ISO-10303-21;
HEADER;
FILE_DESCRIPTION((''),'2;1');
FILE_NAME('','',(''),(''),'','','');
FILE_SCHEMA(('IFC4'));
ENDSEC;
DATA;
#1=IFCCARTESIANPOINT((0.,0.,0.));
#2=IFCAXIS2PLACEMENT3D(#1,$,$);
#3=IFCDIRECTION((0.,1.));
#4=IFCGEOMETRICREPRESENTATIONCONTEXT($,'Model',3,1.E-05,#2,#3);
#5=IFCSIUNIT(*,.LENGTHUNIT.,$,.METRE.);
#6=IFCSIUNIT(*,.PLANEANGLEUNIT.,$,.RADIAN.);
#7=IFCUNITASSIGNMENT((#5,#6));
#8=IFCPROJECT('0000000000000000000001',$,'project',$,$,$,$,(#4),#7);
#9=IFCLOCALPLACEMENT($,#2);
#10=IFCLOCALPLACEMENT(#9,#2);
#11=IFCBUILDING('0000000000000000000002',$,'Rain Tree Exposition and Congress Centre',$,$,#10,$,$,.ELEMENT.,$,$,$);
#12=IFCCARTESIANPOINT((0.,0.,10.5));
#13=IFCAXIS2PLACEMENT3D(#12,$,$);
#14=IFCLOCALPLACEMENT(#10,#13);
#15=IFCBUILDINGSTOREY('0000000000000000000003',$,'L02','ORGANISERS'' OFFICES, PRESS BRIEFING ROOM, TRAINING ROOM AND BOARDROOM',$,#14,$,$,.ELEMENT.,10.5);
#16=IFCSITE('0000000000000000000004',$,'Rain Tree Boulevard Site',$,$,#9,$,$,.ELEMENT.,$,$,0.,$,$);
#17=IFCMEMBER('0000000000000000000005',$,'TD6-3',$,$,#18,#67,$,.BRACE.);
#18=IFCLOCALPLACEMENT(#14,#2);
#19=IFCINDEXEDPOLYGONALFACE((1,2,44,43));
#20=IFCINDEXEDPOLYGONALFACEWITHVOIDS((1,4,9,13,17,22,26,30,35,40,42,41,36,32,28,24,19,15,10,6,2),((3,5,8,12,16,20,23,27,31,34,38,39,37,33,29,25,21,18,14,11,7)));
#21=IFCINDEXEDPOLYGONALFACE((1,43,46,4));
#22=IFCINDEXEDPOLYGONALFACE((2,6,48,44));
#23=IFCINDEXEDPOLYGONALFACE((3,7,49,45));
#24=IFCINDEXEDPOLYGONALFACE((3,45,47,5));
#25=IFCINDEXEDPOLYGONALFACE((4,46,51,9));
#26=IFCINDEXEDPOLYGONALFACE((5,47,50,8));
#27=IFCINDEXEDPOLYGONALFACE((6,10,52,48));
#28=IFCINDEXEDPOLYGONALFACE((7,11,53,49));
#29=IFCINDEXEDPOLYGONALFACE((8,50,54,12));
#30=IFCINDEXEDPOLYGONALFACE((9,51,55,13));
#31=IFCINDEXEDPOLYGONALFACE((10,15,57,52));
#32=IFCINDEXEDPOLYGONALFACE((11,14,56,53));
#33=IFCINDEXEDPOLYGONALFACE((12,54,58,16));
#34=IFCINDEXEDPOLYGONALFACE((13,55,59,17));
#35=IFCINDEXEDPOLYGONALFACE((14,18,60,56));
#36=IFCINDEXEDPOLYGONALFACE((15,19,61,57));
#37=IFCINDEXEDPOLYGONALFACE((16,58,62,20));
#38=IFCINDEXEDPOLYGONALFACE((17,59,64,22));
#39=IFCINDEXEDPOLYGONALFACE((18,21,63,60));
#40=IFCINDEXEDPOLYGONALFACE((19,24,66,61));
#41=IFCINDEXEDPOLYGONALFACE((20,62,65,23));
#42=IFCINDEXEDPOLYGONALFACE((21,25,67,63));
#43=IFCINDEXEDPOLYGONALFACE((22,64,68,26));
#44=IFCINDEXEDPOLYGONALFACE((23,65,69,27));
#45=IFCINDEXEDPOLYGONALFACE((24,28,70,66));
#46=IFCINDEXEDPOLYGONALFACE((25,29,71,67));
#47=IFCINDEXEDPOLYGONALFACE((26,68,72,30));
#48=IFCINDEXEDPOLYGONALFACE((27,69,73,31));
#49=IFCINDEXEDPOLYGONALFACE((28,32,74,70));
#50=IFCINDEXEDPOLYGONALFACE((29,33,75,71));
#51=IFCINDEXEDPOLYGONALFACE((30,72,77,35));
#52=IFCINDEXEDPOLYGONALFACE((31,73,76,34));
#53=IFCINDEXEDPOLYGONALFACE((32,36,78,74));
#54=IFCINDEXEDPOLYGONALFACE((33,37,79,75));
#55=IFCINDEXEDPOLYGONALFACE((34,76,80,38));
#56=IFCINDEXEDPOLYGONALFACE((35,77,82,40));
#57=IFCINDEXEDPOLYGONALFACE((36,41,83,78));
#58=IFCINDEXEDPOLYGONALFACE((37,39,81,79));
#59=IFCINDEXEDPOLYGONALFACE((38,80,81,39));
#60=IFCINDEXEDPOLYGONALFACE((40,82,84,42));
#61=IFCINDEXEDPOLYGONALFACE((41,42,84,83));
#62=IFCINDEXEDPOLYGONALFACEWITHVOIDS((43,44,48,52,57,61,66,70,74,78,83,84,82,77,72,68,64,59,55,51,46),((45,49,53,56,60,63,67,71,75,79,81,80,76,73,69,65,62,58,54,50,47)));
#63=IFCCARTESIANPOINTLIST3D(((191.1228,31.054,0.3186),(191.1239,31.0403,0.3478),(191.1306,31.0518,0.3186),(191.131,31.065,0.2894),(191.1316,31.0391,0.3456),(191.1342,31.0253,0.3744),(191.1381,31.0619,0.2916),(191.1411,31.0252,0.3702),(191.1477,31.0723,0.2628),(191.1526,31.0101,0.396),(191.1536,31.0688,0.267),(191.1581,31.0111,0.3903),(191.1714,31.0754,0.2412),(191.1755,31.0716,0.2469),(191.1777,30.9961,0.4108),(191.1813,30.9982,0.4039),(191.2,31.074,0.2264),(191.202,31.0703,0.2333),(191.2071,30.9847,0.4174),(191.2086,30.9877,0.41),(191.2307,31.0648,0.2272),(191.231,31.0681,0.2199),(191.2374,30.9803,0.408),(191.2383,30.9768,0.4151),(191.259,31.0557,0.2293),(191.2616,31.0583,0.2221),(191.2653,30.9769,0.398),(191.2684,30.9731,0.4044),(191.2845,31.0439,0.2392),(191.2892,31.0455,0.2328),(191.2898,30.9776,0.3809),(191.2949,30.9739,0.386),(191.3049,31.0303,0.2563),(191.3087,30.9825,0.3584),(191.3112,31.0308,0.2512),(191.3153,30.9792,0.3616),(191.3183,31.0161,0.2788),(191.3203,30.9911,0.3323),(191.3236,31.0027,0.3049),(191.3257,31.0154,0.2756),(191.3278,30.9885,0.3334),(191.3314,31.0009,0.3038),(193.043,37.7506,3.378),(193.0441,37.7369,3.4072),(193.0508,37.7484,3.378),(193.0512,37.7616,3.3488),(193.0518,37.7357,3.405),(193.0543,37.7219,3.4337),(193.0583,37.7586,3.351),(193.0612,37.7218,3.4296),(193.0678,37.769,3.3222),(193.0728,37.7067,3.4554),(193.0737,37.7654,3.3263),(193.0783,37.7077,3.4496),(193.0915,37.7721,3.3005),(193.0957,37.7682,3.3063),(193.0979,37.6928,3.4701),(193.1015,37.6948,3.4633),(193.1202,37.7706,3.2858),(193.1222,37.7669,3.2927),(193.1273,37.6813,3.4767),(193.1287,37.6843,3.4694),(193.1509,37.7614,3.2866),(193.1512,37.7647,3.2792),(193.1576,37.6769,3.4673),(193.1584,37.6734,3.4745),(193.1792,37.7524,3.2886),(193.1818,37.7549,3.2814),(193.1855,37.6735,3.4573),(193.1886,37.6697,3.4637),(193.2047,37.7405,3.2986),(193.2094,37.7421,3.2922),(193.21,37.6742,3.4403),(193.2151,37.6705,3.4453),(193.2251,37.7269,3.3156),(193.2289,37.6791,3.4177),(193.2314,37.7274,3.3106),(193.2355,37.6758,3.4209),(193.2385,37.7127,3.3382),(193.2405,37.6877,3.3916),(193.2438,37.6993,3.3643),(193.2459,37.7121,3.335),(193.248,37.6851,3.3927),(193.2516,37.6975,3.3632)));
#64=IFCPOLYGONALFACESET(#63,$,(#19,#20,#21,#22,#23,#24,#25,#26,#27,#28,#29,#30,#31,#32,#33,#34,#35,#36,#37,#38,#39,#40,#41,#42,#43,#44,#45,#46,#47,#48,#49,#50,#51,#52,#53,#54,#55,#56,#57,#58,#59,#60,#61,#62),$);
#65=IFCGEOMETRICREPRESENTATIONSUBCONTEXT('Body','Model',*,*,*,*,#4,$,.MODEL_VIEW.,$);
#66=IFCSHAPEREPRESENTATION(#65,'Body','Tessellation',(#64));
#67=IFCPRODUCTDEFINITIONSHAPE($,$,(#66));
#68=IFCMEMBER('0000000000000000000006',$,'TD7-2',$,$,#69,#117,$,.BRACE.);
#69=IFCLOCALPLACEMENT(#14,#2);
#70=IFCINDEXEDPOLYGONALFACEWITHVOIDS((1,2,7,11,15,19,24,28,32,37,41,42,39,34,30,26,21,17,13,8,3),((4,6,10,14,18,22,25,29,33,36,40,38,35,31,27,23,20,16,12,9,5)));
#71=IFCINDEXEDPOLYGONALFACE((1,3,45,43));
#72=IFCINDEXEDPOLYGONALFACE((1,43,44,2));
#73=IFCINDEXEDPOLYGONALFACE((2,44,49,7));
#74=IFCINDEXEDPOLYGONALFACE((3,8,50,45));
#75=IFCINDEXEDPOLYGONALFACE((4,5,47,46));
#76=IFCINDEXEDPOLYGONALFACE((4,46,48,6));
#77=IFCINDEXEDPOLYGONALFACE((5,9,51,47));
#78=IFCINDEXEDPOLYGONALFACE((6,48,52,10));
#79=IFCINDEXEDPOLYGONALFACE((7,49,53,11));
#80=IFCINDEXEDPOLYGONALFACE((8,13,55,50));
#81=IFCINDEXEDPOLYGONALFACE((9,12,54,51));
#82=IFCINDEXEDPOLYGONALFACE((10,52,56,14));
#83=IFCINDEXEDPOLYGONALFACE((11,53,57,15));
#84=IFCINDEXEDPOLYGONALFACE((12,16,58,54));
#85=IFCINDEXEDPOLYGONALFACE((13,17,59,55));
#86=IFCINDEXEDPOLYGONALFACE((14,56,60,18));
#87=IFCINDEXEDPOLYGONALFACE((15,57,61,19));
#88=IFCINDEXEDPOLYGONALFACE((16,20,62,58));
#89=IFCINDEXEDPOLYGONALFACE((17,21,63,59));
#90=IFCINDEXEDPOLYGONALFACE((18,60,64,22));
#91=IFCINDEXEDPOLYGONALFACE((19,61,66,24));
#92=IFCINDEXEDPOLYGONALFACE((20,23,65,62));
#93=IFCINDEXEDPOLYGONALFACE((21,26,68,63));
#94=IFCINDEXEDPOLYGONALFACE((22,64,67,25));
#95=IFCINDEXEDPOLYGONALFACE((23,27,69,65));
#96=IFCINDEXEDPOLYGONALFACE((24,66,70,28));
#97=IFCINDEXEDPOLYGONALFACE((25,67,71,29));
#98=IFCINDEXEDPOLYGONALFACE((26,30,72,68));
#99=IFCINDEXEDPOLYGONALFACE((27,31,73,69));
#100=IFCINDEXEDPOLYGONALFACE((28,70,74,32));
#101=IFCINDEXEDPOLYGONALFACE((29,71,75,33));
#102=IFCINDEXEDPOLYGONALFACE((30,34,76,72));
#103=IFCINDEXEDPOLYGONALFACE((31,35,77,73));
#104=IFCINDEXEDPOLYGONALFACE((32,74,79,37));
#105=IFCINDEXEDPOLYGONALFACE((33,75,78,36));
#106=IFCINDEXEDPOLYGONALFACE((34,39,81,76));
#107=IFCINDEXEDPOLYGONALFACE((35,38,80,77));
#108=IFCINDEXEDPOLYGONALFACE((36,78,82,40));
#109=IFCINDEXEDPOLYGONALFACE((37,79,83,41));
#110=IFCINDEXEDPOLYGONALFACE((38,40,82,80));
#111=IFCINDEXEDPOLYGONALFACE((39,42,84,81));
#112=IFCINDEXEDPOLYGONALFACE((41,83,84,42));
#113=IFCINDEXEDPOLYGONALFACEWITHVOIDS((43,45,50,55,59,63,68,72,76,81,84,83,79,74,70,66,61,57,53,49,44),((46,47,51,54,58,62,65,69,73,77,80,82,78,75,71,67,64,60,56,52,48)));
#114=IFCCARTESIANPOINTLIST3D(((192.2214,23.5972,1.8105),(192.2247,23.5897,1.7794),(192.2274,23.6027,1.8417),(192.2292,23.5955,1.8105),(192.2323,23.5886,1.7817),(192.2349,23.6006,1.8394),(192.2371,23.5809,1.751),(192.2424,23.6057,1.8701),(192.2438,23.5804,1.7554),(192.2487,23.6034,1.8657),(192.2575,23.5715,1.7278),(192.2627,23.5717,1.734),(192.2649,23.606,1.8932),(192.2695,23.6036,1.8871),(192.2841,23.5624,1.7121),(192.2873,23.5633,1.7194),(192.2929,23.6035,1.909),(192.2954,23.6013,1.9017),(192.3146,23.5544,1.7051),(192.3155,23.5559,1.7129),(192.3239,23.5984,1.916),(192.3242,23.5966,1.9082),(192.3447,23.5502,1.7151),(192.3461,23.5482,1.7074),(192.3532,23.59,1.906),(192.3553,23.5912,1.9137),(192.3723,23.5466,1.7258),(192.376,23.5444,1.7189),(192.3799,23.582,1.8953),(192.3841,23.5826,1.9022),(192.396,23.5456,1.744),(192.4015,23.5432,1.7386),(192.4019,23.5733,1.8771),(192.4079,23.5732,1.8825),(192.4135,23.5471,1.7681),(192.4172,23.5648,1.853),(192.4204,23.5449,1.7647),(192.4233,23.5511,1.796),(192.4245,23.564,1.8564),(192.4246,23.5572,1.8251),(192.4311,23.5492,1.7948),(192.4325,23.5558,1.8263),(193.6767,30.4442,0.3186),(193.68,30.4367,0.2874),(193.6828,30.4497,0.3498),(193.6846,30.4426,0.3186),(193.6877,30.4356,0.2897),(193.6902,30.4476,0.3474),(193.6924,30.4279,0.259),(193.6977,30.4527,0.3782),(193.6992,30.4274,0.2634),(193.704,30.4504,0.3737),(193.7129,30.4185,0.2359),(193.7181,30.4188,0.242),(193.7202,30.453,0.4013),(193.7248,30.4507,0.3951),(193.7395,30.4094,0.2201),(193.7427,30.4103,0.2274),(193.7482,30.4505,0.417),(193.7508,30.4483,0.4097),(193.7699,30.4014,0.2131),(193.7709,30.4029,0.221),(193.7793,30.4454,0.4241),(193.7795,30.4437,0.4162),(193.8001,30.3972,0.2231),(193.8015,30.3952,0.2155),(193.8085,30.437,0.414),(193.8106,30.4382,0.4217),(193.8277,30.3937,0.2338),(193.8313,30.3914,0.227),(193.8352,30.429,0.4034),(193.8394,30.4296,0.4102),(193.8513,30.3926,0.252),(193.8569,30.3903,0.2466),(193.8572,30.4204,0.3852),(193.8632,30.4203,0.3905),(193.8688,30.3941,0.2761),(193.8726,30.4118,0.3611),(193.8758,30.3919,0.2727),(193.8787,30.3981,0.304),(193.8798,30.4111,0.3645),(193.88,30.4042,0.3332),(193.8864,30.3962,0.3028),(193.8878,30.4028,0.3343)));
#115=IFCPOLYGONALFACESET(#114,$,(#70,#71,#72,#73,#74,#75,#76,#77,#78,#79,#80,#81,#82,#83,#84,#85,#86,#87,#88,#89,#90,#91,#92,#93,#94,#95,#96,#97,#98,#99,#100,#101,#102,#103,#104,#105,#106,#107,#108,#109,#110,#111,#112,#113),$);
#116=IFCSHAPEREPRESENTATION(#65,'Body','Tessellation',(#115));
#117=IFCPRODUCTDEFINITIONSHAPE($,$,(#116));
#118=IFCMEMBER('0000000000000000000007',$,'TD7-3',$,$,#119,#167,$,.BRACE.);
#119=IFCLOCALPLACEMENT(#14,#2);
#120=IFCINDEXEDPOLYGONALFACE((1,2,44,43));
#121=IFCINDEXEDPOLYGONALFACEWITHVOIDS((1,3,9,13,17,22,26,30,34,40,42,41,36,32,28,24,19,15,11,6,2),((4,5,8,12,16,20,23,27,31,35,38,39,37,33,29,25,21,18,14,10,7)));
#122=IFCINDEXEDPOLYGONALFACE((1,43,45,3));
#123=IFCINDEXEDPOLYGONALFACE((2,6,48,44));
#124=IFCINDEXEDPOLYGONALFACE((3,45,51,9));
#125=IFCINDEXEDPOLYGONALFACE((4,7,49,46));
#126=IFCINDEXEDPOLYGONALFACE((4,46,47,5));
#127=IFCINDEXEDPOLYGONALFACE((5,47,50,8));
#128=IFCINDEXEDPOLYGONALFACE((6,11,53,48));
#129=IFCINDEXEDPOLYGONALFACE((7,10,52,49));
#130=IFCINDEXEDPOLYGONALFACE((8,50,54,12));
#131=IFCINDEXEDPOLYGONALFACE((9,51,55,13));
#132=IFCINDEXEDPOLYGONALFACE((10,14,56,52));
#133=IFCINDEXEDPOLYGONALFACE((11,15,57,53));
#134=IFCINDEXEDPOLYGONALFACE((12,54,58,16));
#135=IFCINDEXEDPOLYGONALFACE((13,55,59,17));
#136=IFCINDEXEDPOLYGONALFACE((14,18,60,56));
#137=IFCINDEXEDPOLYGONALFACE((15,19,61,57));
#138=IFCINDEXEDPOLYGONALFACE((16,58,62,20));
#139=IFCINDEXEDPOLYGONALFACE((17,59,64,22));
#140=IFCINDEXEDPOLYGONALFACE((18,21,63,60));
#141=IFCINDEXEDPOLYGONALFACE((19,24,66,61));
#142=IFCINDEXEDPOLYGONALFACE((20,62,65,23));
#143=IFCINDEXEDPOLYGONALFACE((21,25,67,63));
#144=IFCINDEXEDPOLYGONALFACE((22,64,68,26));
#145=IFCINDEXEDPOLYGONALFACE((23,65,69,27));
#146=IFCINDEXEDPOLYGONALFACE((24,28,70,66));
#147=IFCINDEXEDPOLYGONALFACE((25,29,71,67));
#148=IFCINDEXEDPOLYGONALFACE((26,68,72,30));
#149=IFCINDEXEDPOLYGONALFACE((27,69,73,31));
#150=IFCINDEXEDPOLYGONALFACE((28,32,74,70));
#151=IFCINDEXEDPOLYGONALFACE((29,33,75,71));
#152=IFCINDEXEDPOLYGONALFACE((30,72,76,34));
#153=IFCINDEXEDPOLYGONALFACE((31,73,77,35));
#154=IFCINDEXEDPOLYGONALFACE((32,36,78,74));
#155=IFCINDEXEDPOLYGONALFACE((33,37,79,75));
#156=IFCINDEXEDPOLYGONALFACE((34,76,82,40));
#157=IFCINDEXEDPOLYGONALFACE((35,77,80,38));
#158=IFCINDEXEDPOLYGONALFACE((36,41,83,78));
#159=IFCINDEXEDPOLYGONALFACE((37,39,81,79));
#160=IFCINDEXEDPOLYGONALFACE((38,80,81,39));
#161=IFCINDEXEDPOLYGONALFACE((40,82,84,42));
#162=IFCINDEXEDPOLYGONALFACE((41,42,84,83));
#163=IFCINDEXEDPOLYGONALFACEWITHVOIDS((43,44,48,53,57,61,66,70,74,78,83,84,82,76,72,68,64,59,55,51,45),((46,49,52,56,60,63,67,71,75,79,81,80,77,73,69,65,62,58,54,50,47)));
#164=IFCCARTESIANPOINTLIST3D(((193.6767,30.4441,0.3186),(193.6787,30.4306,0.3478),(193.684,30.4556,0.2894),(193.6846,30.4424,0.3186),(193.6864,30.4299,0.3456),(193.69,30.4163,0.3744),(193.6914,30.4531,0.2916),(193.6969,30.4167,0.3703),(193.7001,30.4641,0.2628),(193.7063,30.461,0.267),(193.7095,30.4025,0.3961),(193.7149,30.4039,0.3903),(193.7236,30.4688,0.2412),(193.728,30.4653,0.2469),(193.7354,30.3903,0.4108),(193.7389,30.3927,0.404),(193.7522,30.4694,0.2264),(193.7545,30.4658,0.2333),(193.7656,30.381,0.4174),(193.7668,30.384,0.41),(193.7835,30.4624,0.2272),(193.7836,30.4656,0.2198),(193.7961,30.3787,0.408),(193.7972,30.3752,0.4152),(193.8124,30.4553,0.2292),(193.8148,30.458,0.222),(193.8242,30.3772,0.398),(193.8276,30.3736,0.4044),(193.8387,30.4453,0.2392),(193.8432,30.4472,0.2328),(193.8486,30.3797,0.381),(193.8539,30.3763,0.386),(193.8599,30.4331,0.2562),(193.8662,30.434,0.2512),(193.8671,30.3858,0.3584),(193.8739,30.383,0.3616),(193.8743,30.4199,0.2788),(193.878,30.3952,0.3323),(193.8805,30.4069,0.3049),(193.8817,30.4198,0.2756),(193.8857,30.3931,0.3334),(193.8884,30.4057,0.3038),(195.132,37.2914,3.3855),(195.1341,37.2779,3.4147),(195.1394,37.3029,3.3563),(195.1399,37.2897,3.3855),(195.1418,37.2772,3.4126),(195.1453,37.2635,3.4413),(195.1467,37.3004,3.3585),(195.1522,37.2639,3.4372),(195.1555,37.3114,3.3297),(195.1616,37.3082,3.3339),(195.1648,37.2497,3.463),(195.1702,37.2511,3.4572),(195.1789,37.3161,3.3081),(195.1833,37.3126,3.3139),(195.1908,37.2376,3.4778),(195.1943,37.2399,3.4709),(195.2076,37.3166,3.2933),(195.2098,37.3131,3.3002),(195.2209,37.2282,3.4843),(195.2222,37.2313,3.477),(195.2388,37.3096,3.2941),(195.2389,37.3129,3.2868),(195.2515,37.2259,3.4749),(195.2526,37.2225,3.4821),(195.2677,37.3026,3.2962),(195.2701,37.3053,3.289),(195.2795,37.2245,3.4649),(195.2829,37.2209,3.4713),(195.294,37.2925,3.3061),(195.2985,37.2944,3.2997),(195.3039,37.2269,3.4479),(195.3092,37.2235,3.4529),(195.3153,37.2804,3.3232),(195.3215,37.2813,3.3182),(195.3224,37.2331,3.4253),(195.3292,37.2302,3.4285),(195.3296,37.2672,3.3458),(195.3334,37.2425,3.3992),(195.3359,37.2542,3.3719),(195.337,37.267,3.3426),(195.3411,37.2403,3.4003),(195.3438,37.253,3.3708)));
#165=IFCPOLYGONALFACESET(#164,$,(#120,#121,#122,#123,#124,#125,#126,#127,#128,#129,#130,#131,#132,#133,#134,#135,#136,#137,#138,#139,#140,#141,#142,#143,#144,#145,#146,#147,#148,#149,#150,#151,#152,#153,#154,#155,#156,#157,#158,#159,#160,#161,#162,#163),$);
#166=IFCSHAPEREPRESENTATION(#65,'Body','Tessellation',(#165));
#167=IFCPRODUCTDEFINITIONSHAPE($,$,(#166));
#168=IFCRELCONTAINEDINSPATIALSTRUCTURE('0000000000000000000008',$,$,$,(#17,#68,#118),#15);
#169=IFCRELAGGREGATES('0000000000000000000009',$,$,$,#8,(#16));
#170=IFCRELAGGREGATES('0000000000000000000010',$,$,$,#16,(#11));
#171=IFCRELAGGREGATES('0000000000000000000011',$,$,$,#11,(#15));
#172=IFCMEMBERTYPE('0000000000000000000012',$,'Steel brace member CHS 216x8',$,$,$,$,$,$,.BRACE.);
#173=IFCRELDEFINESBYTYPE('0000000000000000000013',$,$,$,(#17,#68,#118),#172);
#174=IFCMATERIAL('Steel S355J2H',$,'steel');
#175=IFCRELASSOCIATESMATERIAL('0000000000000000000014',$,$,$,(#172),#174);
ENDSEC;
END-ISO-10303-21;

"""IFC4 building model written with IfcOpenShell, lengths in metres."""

from ifc_helpers import new_model, si_unit, direction, frame, origin, origin_2d, place, context, subcontext, project, spatial, hollow_circle, extrude, material, material_profile, profile_set, type_object, element, save


model = new_model("IFC4")

# Units and contexts
model_context = context("Model", 3, precision=1e-05, world=origin(), true_north=direction((0.0, 1.0)))
body_context = subcontext(model_context, "Body", "Model", "MODEL_VIEW")
ifc_project = project(units=[si_unit("LENGTHUNIT", "METRE"), si_unit("PLANEANGLEUNIT", "RADIAN")], contexts=[model_context])

# Site, building, storey
site_placement = place(None, origin())
site = spatial("IfcSite", under=ifc_project, at=site_placement, Name="Rain Tree Boulevard Site", CompositionType="ELEMENT", RefElevation=0.0)
building_placement = place(site_placement, origin())
building = spatial("IfcBuilding", under=site, at=building_placement, Name="Rain Tree Exposition and Congress Centre", CompositionType="ELEMENT")
storey_placement = place(building_placement, frame((0.0, 0.0, 10.5)))
storey = spatial("IfcBuildingStorey", under=building, at=storey_placement, Name="L02", Description="ORGANISERS' OFFICES, PRESS BRIEFING ROOM, TRAINING ROOM AND BOARDROOM", CompositionType="ELEMENT", Elevation=10.5)

# Members
ifc_material_1 = material(Name="Steel S355J2H", Category="steel")
ifc_material_profile_1 = material_profile(ifc_material_1, hollow_circle(Radius=0.1082, WallThickness=0.0081, at=origin_2d()), Name="CHS 216x8")
ifc_profile_set_1 = profile_set([ifc_material_profile_1], Name="Steel S355J2H")
member_type_1 = type_object("IfcMemberType", Name="Steel brace member CHS 216x8", PredefinedType="BRACE", material=ifc_profile_set_1)
member_1_placement = place(storey_placement, frame((191.2268, 31.0242, 0.3186), z_axis=(0.252369, 0.880132, 0.40209), x_axis=(-0.961263, 0.275633, 0.0)))
element("IfcMember", 1, at=member_1_placement, inside=storey, type_object=member_type_1, Name="TD6-3", PredefinedType="BRACE", context=body_context, shape_type="SweptSolid", body=[
    extrude(hollow_circle(Radius=0.1082, WallThickness=0.0081, at=origin_2d()), origin(), (0.0, 0.0, 1.0), 7.6086),
])
member_2_placement = place(storey_placement, frame((192.3271, 23.5747, 1.8105), z_axis=(0.203339, 0.95666, -0.208456), x_axis=(-0.978149, 0.207907, 0.0)))
element("IfcMember", 2, at=member_2_placement, inside=storey, type_object=member_type_1, Name="TD7-2", PredefinedType="BRACE", context=body_context, shape_type="SweptSolid", body=[
    extrude(hollow_circle(Radius=0.1082, WallThickness=0.0081, at=origin_2d()), origin(), (0.0, 0.0, 1.0), 7.1572),
])
member_3_placement = place(storey_placement, frame((193.7825, 30.4216, 0.3186), z_axis=(0.190425, 0.895935, 0.401296), x_axis=(-0.97815, 0.2079, 0.0)))
element("IfcMember", 3, at=member_3_placement, inside=storey, type_object=member_type_1, Name="TD7-3", PredefinedType="BRACE", context=body_context, shape_type="SweptSolid", body=[
    extrude(hollow_circle(Radius=0.1082, WallThickness=0.0081, at=origin_2d()), origin(), (0.0, 0.0, 1.0), 7.6426),
])

save(model, "model.ifc")
